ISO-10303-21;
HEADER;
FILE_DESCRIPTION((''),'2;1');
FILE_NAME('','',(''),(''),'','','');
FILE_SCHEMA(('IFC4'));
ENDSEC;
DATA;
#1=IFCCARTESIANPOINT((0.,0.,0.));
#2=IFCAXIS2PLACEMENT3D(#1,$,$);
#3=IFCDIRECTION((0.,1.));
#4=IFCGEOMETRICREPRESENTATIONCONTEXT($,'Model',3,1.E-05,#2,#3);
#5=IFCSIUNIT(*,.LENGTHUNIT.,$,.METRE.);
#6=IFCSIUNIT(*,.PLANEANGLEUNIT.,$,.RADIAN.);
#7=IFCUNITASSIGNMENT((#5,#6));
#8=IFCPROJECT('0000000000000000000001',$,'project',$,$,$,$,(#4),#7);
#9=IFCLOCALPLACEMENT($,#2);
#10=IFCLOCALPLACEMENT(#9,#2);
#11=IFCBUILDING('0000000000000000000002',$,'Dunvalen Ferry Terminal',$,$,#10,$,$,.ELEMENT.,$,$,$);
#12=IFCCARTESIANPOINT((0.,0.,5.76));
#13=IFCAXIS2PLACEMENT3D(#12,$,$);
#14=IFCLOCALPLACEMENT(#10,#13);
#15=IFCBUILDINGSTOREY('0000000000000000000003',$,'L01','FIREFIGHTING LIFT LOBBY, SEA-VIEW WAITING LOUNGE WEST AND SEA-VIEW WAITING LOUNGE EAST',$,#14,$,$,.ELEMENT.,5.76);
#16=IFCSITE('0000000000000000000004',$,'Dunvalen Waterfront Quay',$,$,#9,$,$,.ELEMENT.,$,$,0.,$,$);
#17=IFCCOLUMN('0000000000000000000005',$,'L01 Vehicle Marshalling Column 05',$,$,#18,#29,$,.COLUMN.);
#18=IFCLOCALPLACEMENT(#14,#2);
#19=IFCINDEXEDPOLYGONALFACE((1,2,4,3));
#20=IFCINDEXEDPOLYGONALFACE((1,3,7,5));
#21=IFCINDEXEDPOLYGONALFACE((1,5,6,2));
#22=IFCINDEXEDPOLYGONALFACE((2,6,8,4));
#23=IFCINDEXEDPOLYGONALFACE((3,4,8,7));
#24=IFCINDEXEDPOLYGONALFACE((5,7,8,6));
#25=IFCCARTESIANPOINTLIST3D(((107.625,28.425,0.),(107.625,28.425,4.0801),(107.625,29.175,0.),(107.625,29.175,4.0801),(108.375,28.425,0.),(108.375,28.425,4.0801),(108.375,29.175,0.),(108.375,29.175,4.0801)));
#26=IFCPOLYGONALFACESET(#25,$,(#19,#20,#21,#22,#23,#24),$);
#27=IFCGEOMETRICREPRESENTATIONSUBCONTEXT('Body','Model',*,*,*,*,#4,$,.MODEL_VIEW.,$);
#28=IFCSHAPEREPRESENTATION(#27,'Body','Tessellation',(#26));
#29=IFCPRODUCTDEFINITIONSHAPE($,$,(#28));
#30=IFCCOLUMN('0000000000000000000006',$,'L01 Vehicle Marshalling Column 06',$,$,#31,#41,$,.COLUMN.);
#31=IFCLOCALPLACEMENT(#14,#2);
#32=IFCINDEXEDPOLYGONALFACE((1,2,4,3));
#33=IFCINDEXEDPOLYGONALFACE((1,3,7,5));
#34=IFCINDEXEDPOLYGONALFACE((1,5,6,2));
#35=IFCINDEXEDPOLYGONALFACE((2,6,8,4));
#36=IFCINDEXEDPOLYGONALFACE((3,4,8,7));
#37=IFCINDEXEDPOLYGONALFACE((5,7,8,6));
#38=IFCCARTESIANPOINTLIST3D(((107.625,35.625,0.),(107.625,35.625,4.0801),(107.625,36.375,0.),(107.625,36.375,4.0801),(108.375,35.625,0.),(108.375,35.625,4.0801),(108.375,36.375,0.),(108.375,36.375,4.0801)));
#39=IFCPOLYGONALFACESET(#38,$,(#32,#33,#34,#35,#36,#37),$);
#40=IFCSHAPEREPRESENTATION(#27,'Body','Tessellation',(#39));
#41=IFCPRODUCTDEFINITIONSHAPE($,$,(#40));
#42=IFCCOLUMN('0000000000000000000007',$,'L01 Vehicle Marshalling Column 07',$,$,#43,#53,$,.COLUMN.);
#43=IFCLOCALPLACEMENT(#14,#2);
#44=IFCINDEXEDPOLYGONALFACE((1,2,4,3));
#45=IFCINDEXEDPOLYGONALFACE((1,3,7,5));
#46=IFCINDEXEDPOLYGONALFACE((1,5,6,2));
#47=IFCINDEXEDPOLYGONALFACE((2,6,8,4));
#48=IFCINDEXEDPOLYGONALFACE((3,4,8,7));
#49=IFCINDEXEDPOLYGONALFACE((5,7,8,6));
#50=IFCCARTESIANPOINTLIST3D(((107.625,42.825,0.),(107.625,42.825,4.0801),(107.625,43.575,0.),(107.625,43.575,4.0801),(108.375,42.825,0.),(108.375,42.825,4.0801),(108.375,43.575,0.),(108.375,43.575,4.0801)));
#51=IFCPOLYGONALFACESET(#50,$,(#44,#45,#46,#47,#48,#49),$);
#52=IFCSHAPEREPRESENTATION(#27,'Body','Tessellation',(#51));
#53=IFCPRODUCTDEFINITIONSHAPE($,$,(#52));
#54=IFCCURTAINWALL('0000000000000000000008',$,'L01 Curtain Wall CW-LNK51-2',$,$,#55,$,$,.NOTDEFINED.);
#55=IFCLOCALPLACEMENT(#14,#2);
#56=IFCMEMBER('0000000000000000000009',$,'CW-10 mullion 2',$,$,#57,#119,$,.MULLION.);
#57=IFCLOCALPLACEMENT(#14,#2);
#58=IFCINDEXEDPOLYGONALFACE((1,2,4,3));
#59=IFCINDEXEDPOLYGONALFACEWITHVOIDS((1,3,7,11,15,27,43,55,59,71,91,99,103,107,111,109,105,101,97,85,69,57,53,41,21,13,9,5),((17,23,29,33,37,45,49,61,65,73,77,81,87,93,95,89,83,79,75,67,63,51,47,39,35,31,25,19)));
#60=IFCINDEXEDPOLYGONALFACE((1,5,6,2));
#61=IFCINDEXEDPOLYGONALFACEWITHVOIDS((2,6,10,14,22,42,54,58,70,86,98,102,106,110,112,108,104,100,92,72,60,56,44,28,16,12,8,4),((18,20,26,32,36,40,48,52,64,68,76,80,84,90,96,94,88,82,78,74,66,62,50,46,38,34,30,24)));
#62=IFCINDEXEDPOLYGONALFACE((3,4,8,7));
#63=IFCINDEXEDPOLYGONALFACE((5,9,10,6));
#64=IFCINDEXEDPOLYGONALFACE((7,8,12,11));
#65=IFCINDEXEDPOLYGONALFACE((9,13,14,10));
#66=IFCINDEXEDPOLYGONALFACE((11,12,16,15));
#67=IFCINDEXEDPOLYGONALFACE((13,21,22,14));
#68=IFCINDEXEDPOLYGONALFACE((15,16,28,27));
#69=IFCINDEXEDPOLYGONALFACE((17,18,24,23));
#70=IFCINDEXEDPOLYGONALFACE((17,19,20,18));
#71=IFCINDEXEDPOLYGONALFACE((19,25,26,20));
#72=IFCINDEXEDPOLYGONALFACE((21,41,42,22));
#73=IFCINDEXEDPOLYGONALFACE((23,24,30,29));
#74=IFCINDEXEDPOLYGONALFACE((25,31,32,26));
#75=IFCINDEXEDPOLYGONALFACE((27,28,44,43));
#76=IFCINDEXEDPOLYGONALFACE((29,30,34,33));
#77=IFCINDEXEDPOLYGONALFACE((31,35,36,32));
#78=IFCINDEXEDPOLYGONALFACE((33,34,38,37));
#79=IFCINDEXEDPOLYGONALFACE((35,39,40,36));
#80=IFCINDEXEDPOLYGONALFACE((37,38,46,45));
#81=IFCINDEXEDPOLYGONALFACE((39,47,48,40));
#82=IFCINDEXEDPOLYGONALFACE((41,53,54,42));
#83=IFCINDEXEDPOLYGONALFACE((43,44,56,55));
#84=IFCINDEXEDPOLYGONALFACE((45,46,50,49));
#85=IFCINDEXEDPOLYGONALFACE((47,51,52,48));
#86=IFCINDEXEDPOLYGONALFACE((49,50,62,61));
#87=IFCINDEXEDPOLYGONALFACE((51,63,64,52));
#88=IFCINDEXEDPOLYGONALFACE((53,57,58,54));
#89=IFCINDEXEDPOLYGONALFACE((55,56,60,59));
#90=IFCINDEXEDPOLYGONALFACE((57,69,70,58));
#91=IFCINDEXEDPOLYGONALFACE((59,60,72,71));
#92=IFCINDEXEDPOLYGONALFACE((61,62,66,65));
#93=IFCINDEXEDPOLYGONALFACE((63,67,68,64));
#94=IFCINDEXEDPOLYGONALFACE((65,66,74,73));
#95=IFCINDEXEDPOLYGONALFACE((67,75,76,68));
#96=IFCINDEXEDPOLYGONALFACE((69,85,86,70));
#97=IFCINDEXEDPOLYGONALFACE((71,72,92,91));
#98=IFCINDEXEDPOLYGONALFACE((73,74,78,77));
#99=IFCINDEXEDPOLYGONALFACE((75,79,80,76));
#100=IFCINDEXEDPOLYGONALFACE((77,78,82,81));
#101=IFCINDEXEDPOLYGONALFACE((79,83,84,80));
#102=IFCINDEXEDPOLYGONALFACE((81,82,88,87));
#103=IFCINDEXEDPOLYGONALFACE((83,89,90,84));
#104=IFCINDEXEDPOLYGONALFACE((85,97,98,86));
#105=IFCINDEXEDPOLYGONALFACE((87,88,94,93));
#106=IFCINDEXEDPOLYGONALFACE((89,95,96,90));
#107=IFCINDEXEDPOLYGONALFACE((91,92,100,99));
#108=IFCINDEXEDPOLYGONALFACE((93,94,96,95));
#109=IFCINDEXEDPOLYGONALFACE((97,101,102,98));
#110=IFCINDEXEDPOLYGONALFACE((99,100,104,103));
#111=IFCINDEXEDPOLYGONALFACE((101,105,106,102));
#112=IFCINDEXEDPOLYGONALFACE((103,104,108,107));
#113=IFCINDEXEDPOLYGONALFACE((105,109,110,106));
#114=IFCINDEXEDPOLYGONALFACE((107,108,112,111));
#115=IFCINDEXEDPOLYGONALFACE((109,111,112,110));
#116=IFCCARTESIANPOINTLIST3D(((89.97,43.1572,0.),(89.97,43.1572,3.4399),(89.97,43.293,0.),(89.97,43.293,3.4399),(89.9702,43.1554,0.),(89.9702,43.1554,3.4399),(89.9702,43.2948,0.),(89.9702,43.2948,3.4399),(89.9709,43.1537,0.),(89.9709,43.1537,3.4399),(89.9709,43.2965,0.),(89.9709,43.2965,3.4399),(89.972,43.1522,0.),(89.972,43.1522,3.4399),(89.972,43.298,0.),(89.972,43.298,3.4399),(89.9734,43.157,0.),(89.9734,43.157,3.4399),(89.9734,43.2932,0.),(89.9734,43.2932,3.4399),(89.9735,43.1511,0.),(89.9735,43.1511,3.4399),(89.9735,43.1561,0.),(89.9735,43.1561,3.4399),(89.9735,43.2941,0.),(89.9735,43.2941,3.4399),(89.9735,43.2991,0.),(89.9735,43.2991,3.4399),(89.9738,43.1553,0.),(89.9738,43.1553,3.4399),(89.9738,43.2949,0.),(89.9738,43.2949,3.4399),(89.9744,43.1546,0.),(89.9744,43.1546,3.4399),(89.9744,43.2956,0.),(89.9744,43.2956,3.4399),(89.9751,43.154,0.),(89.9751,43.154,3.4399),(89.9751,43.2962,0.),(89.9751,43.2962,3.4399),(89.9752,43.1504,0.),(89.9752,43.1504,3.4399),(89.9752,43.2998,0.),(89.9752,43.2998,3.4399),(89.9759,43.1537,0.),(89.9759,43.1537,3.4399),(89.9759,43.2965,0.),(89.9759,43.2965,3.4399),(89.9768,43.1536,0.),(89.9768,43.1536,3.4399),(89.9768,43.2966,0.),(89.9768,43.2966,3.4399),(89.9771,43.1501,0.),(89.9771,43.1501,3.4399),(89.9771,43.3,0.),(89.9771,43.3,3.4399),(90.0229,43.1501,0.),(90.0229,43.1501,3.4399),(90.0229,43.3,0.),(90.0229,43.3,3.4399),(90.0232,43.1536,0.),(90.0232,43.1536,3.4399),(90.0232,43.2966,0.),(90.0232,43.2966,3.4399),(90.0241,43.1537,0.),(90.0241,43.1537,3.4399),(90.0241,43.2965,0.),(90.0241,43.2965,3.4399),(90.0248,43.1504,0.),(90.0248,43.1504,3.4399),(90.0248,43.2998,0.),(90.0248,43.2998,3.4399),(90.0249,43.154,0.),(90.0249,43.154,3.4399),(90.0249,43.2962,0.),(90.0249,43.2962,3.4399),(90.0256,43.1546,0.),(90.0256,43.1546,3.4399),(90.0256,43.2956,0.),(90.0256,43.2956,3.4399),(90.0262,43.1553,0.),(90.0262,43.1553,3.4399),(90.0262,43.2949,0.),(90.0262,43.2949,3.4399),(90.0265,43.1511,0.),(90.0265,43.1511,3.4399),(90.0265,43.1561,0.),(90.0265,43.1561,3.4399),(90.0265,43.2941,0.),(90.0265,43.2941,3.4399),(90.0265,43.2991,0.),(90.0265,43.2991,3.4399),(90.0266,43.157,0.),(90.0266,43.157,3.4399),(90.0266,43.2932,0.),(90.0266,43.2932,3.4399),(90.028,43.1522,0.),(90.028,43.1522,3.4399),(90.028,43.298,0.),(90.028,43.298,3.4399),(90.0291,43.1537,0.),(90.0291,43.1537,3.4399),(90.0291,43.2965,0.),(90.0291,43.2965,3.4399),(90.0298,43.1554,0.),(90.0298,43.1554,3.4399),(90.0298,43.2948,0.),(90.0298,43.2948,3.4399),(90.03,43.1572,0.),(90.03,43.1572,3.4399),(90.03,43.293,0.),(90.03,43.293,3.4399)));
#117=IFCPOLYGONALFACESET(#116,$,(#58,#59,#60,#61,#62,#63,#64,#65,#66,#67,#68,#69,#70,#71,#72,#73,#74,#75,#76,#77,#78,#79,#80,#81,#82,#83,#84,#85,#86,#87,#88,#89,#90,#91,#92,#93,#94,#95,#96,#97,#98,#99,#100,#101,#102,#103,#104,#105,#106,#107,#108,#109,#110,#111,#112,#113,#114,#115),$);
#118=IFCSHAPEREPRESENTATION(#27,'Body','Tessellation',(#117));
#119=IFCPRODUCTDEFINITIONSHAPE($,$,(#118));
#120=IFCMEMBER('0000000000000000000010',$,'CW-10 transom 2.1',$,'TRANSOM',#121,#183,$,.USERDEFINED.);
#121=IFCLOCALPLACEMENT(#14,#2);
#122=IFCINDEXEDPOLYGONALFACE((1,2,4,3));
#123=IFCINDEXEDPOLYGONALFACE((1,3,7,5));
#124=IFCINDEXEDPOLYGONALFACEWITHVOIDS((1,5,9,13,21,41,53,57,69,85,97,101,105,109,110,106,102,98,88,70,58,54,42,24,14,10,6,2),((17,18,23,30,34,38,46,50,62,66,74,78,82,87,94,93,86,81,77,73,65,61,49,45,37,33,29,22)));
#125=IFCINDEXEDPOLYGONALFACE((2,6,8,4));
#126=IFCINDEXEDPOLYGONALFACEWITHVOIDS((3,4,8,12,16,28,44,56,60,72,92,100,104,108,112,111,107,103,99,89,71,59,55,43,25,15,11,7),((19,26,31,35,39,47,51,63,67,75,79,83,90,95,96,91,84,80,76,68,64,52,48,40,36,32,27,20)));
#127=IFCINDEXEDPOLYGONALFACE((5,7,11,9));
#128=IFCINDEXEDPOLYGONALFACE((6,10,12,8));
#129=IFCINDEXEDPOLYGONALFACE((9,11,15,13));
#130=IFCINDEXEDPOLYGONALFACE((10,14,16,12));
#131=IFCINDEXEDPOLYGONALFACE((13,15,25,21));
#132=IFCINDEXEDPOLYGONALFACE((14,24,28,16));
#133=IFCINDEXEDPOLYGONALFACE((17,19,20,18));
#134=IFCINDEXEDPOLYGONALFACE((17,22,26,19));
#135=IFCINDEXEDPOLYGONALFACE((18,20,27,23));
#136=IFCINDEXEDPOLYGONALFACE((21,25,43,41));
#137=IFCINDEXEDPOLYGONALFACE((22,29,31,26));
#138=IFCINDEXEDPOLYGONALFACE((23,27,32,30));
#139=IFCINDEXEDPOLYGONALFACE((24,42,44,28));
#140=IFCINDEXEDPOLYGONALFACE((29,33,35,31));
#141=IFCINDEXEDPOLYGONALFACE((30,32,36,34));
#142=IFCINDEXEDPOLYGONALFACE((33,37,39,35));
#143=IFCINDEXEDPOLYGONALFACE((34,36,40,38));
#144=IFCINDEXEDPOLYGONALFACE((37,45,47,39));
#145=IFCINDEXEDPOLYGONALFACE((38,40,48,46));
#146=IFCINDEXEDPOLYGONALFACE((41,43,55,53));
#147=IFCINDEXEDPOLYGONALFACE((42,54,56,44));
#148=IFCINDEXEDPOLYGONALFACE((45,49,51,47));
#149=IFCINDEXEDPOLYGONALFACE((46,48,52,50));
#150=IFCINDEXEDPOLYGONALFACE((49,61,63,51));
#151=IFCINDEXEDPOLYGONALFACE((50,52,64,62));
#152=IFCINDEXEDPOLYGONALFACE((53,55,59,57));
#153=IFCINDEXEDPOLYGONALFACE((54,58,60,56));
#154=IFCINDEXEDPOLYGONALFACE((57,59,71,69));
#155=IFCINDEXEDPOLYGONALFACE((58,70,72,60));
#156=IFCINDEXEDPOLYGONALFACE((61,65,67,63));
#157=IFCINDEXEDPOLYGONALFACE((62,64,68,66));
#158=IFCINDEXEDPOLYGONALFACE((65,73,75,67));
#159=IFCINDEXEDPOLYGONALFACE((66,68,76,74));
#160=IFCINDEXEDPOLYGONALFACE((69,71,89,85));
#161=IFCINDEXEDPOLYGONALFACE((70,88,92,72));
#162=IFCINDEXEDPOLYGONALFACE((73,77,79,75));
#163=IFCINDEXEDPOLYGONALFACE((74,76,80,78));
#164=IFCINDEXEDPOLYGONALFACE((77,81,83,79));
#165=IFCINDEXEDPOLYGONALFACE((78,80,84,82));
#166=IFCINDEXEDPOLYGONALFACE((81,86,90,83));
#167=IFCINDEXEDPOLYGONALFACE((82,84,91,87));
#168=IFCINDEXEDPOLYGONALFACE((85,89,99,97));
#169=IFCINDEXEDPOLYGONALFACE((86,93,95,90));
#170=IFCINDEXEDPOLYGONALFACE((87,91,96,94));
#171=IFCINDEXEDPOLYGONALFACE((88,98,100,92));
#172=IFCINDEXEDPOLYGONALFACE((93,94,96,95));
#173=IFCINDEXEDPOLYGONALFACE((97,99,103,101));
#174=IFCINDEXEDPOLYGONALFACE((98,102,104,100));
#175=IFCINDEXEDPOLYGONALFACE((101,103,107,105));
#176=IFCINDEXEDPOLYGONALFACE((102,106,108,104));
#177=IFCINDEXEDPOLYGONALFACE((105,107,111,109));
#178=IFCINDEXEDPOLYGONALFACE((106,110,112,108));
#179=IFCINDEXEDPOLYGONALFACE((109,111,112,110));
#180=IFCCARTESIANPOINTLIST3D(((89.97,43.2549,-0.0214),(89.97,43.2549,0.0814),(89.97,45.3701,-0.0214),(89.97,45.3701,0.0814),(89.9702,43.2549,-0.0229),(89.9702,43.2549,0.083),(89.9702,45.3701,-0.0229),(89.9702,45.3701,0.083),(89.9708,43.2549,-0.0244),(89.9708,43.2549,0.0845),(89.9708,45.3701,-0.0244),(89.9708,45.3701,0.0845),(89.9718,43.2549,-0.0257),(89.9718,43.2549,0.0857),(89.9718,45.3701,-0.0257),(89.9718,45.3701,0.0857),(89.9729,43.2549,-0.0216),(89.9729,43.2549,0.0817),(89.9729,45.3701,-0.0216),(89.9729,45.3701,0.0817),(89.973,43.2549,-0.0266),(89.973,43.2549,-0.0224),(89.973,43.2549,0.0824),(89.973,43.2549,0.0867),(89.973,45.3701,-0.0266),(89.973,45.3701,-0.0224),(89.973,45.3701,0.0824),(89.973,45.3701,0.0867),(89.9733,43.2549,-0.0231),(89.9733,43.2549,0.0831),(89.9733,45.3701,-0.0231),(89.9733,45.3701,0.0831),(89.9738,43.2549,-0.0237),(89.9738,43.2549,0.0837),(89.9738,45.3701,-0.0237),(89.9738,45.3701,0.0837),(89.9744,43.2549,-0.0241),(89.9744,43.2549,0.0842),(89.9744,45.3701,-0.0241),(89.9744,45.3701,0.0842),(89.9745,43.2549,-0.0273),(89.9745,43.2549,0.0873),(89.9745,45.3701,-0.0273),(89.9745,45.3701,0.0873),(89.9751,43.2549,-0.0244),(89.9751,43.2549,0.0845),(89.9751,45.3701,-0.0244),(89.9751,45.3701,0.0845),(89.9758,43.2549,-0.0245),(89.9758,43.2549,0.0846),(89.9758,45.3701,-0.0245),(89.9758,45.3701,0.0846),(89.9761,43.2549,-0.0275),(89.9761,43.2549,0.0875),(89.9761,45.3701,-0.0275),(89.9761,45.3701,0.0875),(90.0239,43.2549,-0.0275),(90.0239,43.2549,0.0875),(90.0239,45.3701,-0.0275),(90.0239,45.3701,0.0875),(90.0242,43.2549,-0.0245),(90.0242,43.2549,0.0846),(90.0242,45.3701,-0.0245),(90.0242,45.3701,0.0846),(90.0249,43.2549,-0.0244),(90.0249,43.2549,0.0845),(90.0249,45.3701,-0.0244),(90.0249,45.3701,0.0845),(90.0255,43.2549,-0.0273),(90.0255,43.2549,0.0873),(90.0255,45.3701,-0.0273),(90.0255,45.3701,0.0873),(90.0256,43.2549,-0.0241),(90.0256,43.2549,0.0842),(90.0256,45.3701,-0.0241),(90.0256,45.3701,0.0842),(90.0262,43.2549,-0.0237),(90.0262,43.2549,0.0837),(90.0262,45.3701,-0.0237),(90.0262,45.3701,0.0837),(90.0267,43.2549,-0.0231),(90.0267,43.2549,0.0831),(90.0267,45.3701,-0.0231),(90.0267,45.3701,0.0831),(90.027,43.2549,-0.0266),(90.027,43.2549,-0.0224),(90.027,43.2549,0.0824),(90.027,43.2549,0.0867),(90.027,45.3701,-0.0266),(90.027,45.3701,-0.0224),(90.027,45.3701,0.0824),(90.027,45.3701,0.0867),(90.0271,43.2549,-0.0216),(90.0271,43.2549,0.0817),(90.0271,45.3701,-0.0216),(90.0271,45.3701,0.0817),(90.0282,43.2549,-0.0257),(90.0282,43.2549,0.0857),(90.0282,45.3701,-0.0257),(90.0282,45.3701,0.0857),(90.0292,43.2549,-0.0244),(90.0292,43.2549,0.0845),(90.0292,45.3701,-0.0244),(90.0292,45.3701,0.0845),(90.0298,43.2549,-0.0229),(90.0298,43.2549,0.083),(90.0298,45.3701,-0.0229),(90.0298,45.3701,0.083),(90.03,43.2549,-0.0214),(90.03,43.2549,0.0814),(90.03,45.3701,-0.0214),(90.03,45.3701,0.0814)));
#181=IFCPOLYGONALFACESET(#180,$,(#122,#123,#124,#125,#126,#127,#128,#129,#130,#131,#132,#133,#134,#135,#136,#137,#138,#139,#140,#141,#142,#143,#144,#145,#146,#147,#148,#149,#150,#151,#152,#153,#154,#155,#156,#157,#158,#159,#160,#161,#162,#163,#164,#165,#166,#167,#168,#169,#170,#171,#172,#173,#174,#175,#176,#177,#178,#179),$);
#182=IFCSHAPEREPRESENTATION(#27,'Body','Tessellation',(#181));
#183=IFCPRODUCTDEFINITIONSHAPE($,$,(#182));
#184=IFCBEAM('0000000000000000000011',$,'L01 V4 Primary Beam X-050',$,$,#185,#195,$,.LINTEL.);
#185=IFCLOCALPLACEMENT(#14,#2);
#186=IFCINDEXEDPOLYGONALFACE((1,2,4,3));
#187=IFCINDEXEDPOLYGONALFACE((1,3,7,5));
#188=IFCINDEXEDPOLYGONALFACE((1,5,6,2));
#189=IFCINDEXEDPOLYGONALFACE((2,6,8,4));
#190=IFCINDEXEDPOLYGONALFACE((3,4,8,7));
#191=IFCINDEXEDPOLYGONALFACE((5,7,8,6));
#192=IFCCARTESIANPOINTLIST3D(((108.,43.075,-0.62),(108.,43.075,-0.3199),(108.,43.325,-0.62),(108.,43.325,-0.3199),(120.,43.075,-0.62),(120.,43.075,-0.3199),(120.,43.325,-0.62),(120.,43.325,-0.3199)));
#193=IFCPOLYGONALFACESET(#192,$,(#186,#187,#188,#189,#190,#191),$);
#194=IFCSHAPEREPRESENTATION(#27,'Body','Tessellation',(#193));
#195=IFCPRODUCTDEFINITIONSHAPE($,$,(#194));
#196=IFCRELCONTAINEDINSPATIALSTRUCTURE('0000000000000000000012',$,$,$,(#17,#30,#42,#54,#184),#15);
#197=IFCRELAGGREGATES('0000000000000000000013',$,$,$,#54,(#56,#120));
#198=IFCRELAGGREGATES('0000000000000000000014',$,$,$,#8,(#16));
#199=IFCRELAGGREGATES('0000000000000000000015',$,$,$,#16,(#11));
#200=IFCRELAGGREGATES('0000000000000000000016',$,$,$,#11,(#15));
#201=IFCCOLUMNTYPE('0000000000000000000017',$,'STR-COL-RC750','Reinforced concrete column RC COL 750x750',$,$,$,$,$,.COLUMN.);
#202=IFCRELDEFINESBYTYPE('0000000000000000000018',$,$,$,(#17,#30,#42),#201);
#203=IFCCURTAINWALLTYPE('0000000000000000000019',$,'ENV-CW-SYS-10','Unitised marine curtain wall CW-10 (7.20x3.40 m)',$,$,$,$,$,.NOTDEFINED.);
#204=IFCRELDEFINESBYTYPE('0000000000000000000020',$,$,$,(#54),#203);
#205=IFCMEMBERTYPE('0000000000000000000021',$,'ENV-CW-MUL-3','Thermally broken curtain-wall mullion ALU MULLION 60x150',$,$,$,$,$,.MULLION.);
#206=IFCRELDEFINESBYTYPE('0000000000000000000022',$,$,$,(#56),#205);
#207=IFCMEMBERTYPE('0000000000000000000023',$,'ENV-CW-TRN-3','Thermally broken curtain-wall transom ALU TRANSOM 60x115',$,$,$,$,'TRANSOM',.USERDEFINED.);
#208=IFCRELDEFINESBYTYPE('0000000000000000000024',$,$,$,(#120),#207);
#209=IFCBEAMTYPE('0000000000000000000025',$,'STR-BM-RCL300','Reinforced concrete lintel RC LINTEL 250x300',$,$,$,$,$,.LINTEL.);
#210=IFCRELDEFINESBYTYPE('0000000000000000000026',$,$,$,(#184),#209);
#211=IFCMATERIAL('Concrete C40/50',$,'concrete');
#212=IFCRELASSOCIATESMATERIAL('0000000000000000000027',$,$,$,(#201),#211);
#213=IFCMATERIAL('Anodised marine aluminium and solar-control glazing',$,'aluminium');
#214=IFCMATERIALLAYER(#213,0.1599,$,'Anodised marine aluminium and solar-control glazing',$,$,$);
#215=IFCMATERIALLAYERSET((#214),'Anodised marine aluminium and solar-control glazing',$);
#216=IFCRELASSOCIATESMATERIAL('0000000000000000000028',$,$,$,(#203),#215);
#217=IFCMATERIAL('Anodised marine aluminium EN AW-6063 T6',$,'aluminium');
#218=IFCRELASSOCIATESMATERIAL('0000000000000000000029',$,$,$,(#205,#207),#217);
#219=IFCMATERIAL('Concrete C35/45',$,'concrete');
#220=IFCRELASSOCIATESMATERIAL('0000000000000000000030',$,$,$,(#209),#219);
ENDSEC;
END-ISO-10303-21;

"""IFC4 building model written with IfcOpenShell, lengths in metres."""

from ifc_helpers import new_model, si_unit, direction, frame, origin, origin_2d, place, context, subcontext, project, spatial, rectangle, hollow_rectangle, extrude, material, layer, layer_set, material_profile, profile_set, type_object, element, aggregate, save


model = new_model("IFC4")

# Units and contexts
model_context = context("Model", 3, precision=1e-05, world=origin(), true_north=direction((0.0, 1.0)))
body_context = subcontext(model_context, "Body", "Model", "MODEL_VIEW")
ifc_project = project(units=[si_unit("LENGTHUNIT", "METRE"), si_unit("PLANEANGLEUNIT", "RADIAN")], contexts=[model_context])

# Site, building, storey
site_placement = place(None, origin())
site = spatial("IfcSite", under=ifc_project, at=site_placement, Name="Dunvalen Waterfront Quay", CompositionType="ELEMENT", RefElevation=0.0)
building_placement = place(site_placement, origin())
building = spatial("IfcBuilding", under=site, at=building_placement, Name="Dunvalen Ferry Terminal", CompositionType="ELEMENT")
storey_placement = place(building_placement, frame((0.0, 0.0, 5.76)))
storey = spatial("IfcBuildingStorey", under=building, at=storey_placement, Name="L01", Description="FIREFIGHTING LIFT LOBBY, SEA-VIEW WAITING LOUNGE WEST AND SEA-VIEW WAITING LOUNGE EAST", CompositionType="ELEMENT", Elevation=5.76)

# Columns
ifc_material_1 = material(Name="Concrete C40/50", Category="concrete")
ifc_material_profile_1 = material_profile(ifc_material_1, rectangle(XDim=0.75, YDim=0.75, at=origin_2d()), Name="Concrete C40/50")
ifc_profile_set_1 = profile_set([ifc_material_profile_1], Name="Concrete C40/50")
column_type = type_object("IfcColumnType", Name="STR-COL-RC750", Description="Reinforced concrete column RC COL 750x750", PredefinedType="COLUMN", material=ifc_profile_set_1)
for number, where, z_axis, x_axis, name in (
    (1, (108.0, 28.8, 0.0), (0.0, 0.0, 1.0), (1.0, 0.0, 0.0), "L01 Vehicle Marshalling Column 05"),
    (2, (108.0, 36.0, 0.0), (0.0, 0.0, 1.0), (1.0, 0.0, 0.0), "L01 Vehicle Marshalling Column 06"),
    (3, (108.0, 43.2, 0.0), (0.0, 0.0, 1.0), (1.0, 0.0, 0.0), "L01 Vehicle Marshalling Column 07"),
):
    element("IfcColumn", number, at=place(storey_placement, frame(where, z_axis=z_axis, x_axis=x_axis)), inside=storey, type_object=column_type, Name=name, PredefinedType="COLUMN", context=body_context, shape_type="SweptSolid", body=[
        extrude(rectangle(XDim=0.75, YDim=0.75, at=origin_2d()), origin(), (0.0, 0.0, 1.0), 4.0801),
    ])

# Curtain wall, members
ifc_material_2 = material(Name="Anodised marine aluminium and solar-control glazing", Category="aluminium")
ifc_layer_1 = layer(ifc_material_2, 0.1599, Name="Anodised marine aluminium and solar-control glazing")
ifc_layer_set_1 = layer_set([ifc_layer_1], Name="Anodised marine aluminium and solar-control glazing")
curtain_wall_type = type_object("IfcCurtainWallType", Name="ENV-CW-SYS-10", Description="Unitised marine curtain wall CW-10 (7.20x3.40 m)", PredefinedType="NOTDEFINED", material=ifc_layer_set_1)
curtain_wall_placement = place(storey_placement, origin())
curtain_wall = element("IfcCurtainWall", 4, at=curtain_wall_placement, inside=storey, type_object=curtain_wall_type, Name="L01 Curtain Wall CW-LNK51-2", PredefinedType="NOTDEFINED")
ifc_material_3 = material(Name="Anodised marine aluminium EN AW-6063 T6", Category="aluminium")
ifc_material_profile_2 = material_profile(ifc_material_3, hollow_rectangle(XDim=0.0601, YDim=0.1499, WallThickness=0.0034, InnerFilletRadius=0.0034, OuterFilletRadius=0.0071, at=origin_2d()), Name="Anodised marine aluminium EN AW-6063 T6")
ifc_profile_set_2 = profile_set([ifc_material_profile_2], Name="Anodised marine aluminium EN AW-6063 T6")
member_type_1 = type_object("IfcMemberType", Name="ENV-CW-MUL-3", Description="Thermally broken curtain-wall mullion ALU MULLION 60x150", PredefinedType="MULLION", material=ifc_profile_set_2)
member_1_placement = place(storey_placement, frame((90.0, 43.2251, 0.0), z_axis=(0.0, 0.0, 1.0), x_axis=(-1.0, 0.0, 0.0)))
member_1 = element("IfcMember", 5, at=member_1_placement, type_object=member_type_1, Name="CW-10 mullion 2", PredefinedType="MULLION", context=body_context, shape_type="SweptSolid", body=[
    extrude(hollow_rectangle(XDim=0.0601, YDim=0.1499, WallThickness=0.0034, InnerFilletRadius=0.0034, OuterFilletRadius=0.0071, at=origin_2d()), origin(), (0.0, 0.0, 1.0), 3.4399),
])
ifc_material_profile_3 = material_profile(ifc_material_3, hollow_rectangle(XDim=0.0601, YDim=0.115, WallThickness=0.0029, InnerFilletRadius=0.0029, OuterFilletRadius=0.0061, at=origin_2d()), Name="Anodised marine aluminium EN AW-6063 T6")
ifc_profile_set_3 = profile_set([ifc_material_profile_3], Name="Anodised marine aluminium EN AW-6063 T6")
member_type_2 = type_object("IfcMemberType", Name="ENV-CW-TRN-3", Description="Thermally broken curtain-wall transom ALU TRANSOM 60x115", ElementType="TRANSOM", PredefinedType="USERDEFINED", material=ifc_profile_set_3)
member_2_placement = place(storey_placement, frame((90.0, 43.2549, 0.03), z_axis=(0.0, 1.0, 0.0), x_axis=(-1.0, 0.0, 0.0)))
member_2 = element("IfcMember", 6, at=member_2_placement, type_object=member_type_2, Name="CW-10 transom 2.1", ObjectType="TRANSOM", PredefinedType="USERDEFINED", context=body_context, shape_type="SweptSolid", body=[
    extrude(hollow_rectangle(XDim=0.0601, YDim=0.115, WallThickness=0.0029, InnerFilletRadius=0.0029, OuterFilletRadius=0.0061, at=origin_2d()), origin(), (0.0, 0.0, 1.0), 2.1152),
])

# Beam
ifc_material_4 = material(Name="Concrete C35/45", Category="concrete")
ifc_material_profile_4 = material_profile(ifc_material_4, rectangle(XDim=0.25, YDim=0.3, at=origin_2d()), Name="Concrete C35/45")
ifc_profile_set_4 = profile_set([ifc_material_profile_4], Name="Concrete C35/45")
beam_type_1 = type_object("IfcBeamType", Name="STR-BM-RCL300", Description="Reinforced concrete lintel RC LINTEL 250x300", PredefinedType="LINTEL", material=ifc_profile_set_4)
beam_1_placement = place(storey_placement, frame((108.0, 43.2, -0.47), z_axis=(1.0, 0.0, 0.0), x_axis=(0.0, 1.0, 0.0)))
element("IfcBeam", 7, at=beam_1_placement, inside=storey, type_object=beam_type_1, Name="L01 V4 Primary Beam X-050", PredefinedType="LINTEL", context=body_context, shape_type="SweptSolid", body=[
    extrude(rectangle(XDim=0.25, YDim=0.3, at=origin_2d()), origin(), (0.0, 0.0, 1.0), 12.0),
])

aggregate(curtain_wall, [member_1, member_2])

save(model, "model.ifc")
